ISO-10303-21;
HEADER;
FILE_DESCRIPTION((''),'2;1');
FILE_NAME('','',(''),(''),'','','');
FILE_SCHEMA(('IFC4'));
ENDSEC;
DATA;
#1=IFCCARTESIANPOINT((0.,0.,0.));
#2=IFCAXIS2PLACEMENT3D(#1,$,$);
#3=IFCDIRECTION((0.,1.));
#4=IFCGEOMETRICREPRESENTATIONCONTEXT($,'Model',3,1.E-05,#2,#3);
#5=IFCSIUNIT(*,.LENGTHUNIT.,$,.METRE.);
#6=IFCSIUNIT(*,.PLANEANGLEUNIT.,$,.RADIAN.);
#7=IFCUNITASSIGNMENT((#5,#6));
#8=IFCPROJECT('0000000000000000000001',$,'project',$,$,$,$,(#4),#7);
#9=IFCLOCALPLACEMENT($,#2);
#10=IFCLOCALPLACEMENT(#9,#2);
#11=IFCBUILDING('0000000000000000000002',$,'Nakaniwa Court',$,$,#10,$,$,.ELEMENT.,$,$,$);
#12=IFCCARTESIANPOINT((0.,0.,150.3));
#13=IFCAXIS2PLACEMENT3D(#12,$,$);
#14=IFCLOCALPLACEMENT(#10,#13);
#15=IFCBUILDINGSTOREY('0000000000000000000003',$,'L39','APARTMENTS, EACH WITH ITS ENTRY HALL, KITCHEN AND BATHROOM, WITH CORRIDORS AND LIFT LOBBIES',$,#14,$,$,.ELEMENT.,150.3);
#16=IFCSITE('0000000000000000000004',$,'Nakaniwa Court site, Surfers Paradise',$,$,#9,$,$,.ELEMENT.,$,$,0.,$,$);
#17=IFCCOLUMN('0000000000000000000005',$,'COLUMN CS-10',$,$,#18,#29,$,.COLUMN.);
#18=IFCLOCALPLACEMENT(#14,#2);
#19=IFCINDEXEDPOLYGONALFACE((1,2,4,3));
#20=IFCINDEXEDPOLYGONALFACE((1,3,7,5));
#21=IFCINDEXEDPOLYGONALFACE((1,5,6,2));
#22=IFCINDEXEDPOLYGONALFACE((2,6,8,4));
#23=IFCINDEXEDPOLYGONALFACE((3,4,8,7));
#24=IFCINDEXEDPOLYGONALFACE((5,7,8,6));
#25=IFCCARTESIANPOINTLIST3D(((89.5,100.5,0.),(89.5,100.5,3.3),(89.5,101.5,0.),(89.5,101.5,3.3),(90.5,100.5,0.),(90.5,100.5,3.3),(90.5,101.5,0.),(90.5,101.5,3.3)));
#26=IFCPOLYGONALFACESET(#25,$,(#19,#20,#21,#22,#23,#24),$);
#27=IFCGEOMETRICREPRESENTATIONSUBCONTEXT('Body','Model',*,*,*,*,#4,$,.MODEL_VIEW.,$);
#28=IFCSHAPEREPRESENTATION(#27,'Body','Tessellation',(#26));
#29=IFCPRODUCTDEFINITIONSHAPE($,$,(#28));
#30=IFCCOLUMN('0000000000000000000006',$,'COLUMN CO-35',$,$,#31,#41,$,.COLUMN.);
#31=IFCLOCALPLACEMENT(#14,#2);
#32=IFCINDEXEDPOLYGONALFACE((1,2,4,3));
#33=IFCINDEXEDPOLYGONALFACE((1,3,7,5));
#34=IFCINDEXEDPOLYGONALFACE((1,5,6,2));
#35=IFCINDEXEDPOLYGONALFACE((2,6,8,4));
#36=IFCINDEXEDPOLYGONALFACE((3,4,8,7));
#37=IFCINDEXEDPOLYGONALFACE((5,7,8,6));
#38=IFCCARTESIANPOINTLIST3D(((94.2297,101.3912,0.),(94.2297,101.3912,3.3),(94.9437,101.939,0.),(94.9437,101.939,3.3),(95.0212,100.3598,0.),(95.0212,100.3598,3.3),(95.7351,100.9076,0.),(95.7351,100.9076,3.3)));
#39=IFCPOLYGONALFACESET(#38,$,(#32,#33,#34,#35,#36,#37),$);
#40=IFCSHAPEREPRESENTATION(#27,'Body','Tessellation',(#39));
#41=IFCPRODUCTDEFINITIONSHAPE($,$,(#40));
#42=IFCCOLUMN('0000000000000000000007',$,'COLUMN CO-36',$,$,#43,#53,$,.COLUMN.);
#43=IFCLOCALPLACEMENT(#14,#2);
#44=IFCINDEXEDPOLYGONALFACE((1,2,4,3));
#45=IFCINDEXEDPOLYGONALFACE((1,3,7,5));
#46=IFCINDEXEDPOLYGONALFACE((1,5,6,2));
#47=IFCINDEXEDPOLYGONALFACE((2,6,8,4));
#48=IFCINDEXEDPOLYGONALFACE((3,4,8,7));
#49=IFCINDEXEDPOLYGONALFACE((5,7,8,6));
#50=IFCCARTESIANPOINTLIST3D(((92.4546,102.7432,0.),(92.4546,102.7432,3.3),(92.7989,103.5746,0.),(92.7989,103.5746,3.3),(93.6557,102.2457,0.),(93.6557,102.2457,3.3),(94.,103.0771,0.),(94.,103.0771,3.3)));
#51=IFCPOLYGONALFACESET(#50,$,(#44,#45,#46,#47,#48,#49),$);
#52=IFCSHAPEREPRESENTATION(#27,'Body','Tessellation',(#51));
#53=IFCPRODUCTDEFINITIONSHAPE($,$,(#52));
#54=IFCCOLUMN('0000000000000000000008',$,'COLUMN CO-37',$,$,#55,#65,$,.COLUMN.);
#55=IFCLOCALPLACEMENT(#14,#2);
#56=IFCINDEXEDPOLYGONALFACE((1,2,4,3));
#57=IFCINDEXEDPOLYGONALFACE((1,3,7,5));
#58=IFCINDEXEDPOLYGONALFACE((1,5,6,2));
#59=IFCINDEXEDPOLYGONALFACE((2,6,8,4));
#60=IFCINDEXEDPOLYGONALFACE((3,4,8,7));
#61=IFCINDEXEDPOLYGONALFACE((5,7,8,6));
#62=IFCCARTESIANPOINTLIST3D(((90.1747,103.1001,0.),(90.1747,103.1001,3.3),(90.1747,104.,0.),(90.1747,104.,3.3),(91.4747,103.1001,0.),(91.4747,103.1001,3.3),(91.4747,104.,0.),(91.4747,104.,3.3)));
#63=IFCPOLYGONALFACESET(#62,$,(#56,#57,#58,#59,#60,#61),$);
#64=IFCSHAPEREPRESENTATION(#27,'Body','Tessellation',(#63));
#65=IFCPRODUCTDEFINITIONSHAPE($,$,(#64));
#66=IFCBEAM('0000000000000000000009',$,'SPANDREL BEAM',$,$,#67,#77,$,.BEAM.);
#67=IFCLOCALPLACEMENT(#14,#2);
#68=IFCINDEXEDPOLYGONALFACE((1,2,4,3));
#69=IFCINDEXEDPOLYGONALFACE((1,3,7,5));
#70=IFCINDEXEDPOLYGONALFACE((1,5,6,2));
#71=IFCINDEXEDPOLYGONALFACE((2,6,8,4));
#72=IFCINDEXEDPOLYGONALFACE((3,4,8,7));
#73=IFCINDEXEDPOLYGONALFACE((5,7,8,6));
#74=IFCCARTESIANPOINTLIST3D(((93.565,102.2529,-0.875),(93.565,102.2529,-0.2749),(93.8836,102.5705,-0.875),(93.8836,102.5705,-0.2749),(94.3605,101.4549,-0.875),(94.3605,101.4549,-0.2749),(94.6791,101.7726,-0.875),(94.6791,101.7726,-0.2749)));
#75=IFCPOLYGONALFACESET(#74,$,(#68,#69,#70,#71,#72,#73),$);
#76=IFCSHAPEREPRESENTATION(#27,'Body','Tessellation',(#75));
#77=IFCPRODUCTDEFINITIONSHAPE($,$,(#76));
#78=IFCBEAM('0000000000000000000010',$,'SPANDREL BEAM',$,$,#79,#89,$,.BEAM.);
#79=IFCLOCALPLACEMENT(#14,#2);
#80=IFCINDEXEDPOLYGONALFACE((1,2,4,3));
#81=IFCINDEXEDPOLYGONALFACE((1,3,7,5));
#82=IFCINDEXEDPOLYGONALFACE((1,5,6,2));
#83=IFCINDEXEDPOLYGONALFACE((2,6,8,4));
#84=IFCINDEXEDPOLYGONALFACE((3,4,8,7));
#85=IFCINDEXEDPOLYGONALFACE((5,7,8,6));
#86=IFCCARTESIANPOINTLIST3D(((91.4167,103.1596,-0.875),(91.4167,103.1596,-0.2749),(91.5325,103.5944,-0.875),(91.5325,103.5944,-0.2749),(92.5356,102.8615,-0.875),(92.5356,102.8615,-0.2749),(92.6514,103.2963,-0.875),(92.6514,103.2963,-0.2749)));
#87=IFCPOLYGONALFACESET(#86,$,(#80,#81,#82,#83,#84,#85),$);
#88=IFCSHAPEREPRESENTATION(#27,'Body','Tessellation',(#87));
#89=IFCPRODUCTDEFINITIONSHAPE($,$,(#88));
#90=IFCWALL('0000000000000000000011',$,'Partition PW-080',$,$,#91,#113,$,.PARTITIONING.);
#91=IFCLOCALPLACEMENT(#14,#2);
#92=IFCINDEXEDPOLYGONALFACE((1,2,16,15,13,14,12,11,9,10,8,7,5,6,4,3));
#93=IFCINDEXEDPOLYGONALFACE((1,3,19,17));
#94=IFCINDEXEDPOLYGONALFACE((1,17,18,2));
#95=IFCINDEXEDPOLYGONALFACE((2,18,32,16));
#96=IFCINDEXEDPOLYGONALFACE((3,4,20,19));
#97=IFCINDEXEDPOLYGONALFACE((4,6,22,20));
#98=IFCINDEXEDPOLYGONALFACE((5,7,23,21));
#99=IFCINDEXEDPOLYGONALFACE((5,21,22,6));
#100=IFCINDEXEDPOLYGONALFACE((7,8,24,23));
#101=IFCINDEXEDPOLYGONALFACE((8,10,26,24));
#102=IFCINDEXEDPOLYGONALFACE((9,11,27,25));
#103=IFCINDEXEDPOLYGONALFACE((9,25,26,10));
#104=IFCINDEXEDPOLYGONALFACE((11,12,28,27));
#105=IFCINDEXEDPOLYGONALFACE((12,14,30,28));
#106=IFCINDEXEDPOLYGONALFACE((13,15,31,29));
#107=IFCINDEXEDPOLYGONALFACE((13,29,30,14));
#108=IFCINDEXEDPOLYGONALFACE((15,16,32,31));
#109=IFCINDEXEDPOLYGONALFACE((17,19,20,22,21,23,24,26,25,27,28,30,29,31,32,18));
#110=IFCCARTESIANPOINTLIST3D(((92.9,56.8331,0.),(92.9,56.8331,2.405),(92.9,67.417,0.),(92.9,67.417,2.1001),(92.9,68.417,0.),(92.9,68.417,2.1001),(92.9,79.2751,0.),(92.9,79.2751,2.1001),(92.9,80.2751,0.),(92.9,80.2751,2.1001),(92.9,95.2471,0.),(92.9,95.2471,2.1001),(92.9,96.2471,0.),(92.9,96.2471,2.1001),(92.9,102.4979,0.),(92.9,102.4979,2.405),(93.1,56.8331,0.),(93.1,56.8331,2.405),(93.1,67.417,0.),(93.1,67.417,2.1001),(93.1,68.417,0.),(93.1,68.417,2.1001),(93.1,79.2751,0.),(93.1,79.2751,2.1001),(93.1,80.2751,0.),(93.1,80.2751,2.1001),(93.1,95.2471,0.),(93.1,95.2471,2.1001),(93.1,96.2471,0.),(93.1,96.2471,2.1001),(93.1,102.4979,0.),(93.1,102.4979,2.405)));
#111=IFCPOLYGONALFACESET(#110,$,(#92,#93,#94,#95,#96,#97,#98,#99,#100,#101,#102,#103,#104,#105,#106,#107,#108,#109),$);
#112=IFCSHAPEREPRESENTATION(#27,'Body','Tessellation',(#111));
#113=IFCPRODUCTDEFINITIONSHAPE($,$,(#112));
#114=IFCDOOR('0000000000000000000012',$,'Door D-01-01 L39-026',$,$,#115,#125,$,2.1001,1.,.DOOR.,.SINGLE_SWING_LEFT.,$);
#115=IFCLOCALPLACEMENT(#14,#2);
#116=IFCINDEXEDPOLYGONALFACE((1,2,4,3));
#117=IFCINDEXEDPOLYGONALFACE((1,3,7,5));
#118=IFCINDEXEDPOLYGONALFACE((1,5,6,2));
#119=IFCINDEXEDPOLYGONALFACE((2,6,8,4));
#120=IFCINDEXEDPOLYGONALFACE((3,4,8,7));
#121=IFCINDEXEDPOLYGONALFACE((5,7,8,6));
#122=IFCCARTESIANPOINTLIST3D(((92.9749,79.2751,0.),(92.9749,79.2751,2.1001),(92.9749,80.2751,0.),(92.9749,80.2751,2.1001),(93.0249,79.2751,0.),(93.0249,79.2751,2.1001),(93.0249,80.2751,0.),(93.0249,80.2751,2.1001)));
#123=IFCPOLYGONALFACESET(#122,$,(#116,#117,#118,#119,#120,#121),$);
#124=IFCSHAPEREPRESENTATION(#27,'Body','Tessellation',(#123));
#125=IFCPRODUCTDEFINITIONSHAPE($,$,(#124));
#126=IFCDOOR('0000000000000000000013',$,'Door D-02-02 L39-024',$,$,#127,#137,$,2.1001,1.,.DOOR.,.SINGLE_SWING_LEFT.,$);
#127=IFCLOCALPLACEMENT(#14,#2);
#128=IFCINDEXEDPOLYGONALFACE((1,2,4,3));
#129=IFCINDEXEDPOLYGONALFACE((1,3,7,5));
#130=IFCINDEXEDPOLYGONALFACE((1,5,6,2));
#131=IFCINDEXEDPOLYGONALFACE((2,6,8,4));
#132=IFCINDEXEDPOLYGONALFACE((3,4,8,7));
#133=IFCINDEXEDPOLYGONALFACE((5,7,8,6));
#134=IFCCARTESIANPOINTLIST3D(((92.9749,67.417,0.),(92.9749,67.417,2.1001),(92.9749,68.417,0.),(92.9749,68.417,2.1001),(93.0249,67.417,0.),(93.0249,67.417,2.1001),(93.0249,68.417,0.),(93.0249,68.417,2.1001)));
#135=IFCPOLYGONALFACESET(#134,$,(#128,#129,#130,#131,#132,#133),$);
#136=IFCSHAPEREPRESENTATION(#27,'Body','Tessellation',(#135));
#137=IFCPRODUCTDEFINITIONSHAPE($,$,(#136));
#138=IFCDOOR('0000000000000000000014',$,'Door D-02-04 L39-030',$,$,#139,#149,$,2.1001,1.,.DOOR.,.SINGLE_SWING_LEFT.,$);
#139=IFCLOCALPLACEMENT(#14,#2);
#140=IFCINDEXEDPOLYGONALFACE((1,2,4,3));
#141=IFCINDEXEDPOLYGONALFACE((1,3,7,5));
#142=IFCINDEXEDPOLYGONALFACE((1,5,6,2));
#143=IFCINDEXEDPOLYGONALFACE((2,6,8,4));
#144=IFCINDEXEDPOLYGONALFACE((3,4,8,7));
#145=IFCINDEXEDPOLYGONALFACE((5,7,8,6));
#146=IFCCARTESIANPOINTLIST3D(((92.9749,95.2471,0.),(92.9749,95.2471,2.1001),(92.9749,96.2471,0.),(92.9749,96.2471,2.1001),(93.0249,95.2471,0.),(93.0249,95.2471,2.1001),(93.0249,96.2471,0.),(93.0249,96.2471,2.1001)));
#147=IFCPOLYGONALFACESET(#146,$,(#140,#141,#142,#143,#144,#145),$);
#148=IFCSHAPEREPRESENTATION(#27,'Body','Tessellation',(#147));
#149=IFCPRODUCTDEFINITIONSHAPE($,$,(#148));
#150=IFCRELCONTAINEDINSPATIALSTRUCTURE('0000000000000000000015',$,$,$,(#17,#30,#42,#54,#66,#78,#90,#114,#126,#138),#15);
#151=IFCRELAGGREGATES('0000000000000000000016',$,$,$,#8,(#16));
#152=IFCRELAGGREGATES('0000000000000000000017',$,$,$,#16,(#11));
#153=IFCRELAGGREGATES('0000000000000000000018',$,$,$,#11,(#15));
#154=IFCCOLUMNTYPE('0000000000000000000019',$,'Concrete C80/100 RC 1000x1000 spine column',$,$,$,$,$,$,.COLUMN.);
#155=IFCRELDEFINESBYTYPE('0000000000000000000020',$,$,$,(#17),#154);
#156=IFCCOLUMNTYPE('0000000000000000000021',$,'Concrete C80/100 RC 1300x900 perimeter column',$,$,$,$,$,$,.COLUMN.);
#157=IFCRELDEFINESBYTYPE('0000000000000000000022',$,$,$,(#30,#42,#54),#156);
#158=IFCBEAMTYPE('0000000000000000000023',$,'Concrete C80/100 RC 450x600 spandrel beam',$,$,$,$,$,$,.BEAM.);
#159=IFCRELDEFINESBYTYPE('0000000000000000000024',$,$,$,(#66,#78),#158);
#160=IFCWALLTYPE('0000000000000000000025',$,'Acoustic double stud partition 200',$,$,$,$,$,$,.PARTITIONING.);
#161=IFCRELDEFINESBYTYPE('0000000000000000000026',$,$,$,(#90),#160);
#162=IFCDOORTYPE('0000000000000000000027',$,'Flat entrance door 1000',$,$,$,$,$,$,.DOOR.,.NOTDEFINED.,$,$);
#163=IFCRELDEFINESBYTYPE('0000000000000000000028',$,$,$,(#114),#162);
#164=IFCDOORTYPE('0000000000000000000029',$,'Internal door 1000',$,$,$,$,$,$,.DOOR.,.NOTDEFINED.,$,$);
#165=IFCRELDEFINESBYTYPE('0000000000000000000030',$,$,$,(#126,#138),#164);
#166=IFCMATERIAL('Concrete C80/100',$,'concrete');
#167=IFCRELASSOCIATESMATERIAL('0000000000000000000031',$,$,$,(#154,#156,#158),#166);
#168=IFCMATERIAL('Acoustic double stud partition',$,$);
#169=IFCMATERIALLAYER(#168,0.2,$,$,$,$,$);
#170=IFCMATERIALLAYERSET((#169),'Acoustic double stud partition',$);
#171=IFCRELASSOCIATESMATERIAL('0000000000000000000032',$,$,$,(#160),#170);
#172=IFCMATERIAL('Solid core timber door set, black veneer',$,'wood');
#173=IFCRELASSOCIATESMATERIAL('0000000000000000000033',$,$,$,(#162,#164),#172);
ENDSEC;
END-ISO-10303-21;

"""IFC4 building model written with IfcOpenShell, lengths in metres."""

from ifc_helpers import new_model, si_unit, direction, frame, frame_2d, origin, origin_2d, place, context, subcontext, project, spatial, rectangle, extrude, material, layer, layer_set, material_profile, profile_set, type_object, element, fill, save


model = new_model("IFC4")

# Units and contexts
model_context = context("Model", 3, precision=1e-05, world=origin(), true_north=direction((0.0, 1.0)))
body_context = subcontext(model_context, "Body", "Model", "MODEL_VIEW")
ifc_project = project(units=[si_unit("LENGTHUNIT", "METRE"), si_unit("PLANEANGLEUNIT", "RADIAN")], contexts=[model_context])

# Site, building, storey
site_placement = place(None, origin())
site = spatial("IfcSite", under=ifc_project, at=site_placement, Name="Nakaniwa Court site, Surfers Paradise", CompositionType="ELEMENT", RefElevation=0.0)
building_placement = place(site_placement, origin())
building = spatial("IfcBuilding", under=site, at=building_placement, Name="Nakaniwa Court", CompositionType="ELEMENT")
storey_placement = place(building_placement, frame((0.0, 0.0, 150.3)))
storey = spatial("IfcBuildingStorey", under=building, at=storey_placement, Name="L39", Description="APARTMENTS, EACH WITH ITS ENTRY HALL, KITCHEN AND BATHROOM, WITH CORRIDORS AND LIFT LOBBIES", CompositionType="ELEMENT", Elevation=150.3)

# Columns
ifc_material_1 = material(Name="Concrete C80/100", Category="concrete")
ifc_material_profile_1 = material_profile(ifc_material_1, rectangle(XDim=1.0, YDim=1.0, at=origin_2d()), Name="Concrete C80/100 RC 1000x1000 spine column")
ifc_profile_set_1 = profile_set([ifc_material_profile_1], Name="Concrete C80/100")
column_type_1 = type_object("IfcColumnType", Name="Concrete C80/100 RC 1000x1000 spine column", PredefinedType="COLUMN", material=ifc_profile_set_1)
column_placement = place(storey_placement, frame((90.0, 101.0, 0.0), z_axis=(0.0, 0.0, 1.0), x_axis=(0.0, 1.0, 0.0)))
element("IfcColumn", 1, at=column_placement, inside=storey, type_object=column_type_1, Name="COLUMN CS-10", PredefinedType="COLUMN", context=body_context, shape_type="SweptSolid", body=[
    extrude(rectangle(XDim=1.0, YDim=1.0, at=origin_2d()), origin(), (0.0, 0.0, 1.0), 3.3),
])
ifc_material_profile_2 = material_profile(ifc_material_1, rectangle(XDim=1.3, YDim=0.8999, at=origin_2d()), Name="Concrete C80/100 RC 1300x900 perimeter column")
ifc_profile_set_2 = profile_set([ifc_material_profile_2], Name="Concrete C80/100")
column_type_2 = type_object("IfcColumnType", Name="Concrete C80/100 RC 1300x900 perimeter column", PredefinedType="COLUMN", material=ifc_profile_set_2)
for number, where, z_axis, x_axis, name in (
    (2, (94.9824, 101.1494, 0.0), (0.0, 0.0, 1.0), (-0.608761, 0.793353, 0.0), "COLUMN CO-35"),
    (3, (93.2273, 102.9102, 0.0), (0.0, 0.0, 1.0), (-0.92388, 0.382683, 0.0), "COLUMN CO-36"),
    (4, (90.8247, 103.55, 0.0), (0.0, 0.0, 1.0), (-1.0, 0.0, 0.0), "COLUMN CO-37"),
):
    element("IfcColumn", number, at=place(storey_placement, frame(where, z_axis=z_axis, x_axis=x_axis)), inside=storey, type_object=column_type_2, Name=name, PredefinedType="COLUMN", context=body_context, shape_type="SweptSolid", body=[
        extrude(rectangle(XDim=1.3, YDim=0.8999, at=origin_2d()), origin(), (0.0, 0.0, 1.0), 3.3),
    ])

# Beams
ifc_material_profile_3 = material_profile(ifc_material_1, rectangle(XDim=0.45, YDim=0.6001, at=origin_2d()), Name="Concrete C80/100 RC 450x600 spandrel beam")
ifc_profile_set_3 = profile_set([ifc_material_profile_3], Name="Concrete C80/100")
beam_type = type_object("IfcBeamType", Name="Concrete C80/100 RC 450x600 spandrel beam", PredefinedType="BEAM", material=ifc_profile_set_3)
beam_1_placement = place(storey_placement, frame((94.5198, 101.6138, -0.575), z_axis=(-0.706022, 0.708189, 0.0), x_axis=(-0.708189, -0.706022, 0.0)))
element("IfcBeam", 5, at=beam_1_placement, inside=storey, type_object=beam_type, Name="SPANDREL BEAM", PredefinedType="BEAM", context=body_context, shape_type="SweptSolid", body=[
    extrude(rectangle(XDim=0.45, YDim=0.6001, at=origin_2d()), origin(), (0.0, 0.0, 1.0), 1.1267),
])
beam_2_placement = place(storey_placement, frame((92.5935, 103.0789, -0.575), z_axis=(-0.966294, 0.25744, 0.0), x_axis=(-0.25744, -0.966294, 0.0)))
element("IfcBeam", 6, at=beam_2_placement, inside=storey, type_object=beam_type, Name="SPANDREL BEAM", PredefinedType="BEAM", context=body_context, shape_type="SweptSolid", body=[
    extrude(rectangle(XDim=0.45, YDim=0.6001, at=origin_2d()), origin(), (0.0, 0.0, 1.0), 1.158),
])

# Wall, openings, doors
ifc_material_2 = material(Name="Acoustic double stud partition")
ifc_layer_1 = layer(ifc_material_2, 0.2)
ifc_layer_set_1 = layer_set([ifc_layer_1], Name="Acoustic double stud partition")
wall_type_1 = type_object("IfcWallType", Name="Acoustic double stud partition 200", PredefinedType="PARTITIONING", material=ifc_layer_set_1)
wall_1_placement = place(storey_placement, frame((93.0, 102.498, 0.0), z_axis=(0.0, 0.0, 1.0), x_axis=(0.0, -1.0, 0.0)))
wall_1 = element("IfcWall", 7, at=wall_1_placement, inside=storey, type_object=wall_type_1, Name="Partition PW-080", PredefinedType="PARTITIONING", context=body_context, shape_type="SweptSolid", body=[
    extrude(rectangle(XDim=45.6648, YDim=0.2, at=frame_2d((22.8325, 0.0))), origin(), (0.0, 0.0, 1.0), 2.405),
])
opening_1_placement = place(wall_1_placement, frame((34.0811, 0.0, 0.0)))
opening_1 = element("IfcOpeningElement", 8, at=opening_1_placement, cuts=wall_1, PredefinedType="OPENING", context=body_context, shape_type="SweptSolid", body=[
    extrude(rectangle(XDim=1.0, YDim=2.1001, at=frame_2d((0.5, 1.05))), frame((0.0, 0.1099, 0.0), z_axis=(0.0, -1.0, 0.0), x_axis=(1.0, 0.0, 0.0)), (0.0, 0.0, 1.0), 0.22),
])
opening_2_placement = place(wall_1_placement, frame((22.2229, 0.0, 0.0)))
opening_2 = element("IfcOpeningElement", 9, at=opening_2_placement, cuts=wall_1, PredefinedType="OPENING", context=body_context, shape_type="SweptSolid", body=[
    extrude(rectangle(XDim=1.0, YDim=2.1001, at=frame_2d((0.5, 1.05))), frame((0.0, 0.1099, 0.0), z_axis=(0.0, -1.0, 0.0), x_axis=(1.0, 0.0, 0.0)), (0.0, 0.0, 1.0), 0.22),
])
opening_3_placement = place(wall_1_placement, frame((6.251, 0.0, 0.0)))
opening_3 = element("IfcOpeningElement", 10, at=opening_3_placement, cuts=wall_1, PredefinedType="OPENING", context=body_context, shape_type="SweptSolid", body=[
    extrude(rectangle(XDim=1.0, YDim=2.1001, at=frame_2d((0.5, 1.05))), frame((0.0, 0.1099, 0.0), z_axis=(0.0, -1.0, 0.0), x_axis=(1.0, 0.0, 0.0)), (0.0, 0.0, 1.0), 0.22),
])
ifc_material_3 = material(Name="Solid core timber door set, black veneer", Category="wood")
door_type_1 = type_object("IfcDoorType", Name="Flat entrance door 1000", OperationType="NOTDEFINED", PredefinedType="DOOR", material=ifc_material_3)
door_1_placement = place(opening_2_placement, origin())
door_1 = element("IfcDoor", 11, at=door_1_placement, inside=storey, type_object=door_type_1, Name="Door D-01-01 L39-026", OperationType="SINGLE_SWING_LEFT", OverallHeight=2.1001, OverallWidth=1.0, PredefinedType="DOOR", context=body_context, shape_type="SweptSolid", body=[
    extrude(rectangle(XDim=1.0, YDim=2.1001, at=frame_2d((0.5, 1.05))), frame((0.0, 0.0249, 0.0), z_axis=(0.0, -1.0, 0.0), x_axis=(1.0, 0.0, 0.0)), (0.0, 0.0, 1.0), 0.05),
])
fill(opening_2, door_1)
door_type_2 = type_object("IfcDoorType", Name="Internal door 1000", OperationType="NOTDEFINED", PredefinedType="DOOR", material=ifc_material_3)
door_2_placement = place(opening_1_placement, origin())
door_2 = element("IfcDoor", 12, at=door_2_placement, inside=storey, type_object=door_type_2, Name="Door D-02-02 L39-024", OperationType="SINGLE_SWING_LEFT", OverallHeight=2.1001, OverallWidth=1.0, PredefinedType="DOOR", context=body_context, shape_type="SweptSolid", body=[
    extrude(rectangle(XDim=1.0, YDim=2.1001, at=frame_2d((0.5, 1.05))), frame((0.0, 0.0249, 0.0), z_axis=(0.0, -1.0, 0.0), x_axis=(1.0, 0.0, 0.0)), (0.0, 0.0, 1.0), 0.05),
])
fill(opening_1, door_2)
door_3_placement = place(opening_3_placement, origin())
door_3 = element("IfcDoor", 13, at=door_3_placement, inside=storey, type_object=door_type_2, Name="Door D-02-04 L39-030", OperationType="SINGLE_SWING_LEFT", OverallHeight=2.1001, OverallWidth=1.0, PredefinedType="DOOR", context=body_context, shape_type="SweptSolid", body=[
    extrude(rectangle(XDim=1.0, YDim=2.1001, at=frame_2d((0.5, 1.05))), frame((0.0, 0.0249, 0.0), z_axis=(0.0, -1.0, 0.0), x_axis=(1.0, 0.0, 0.0)), (0.0, 0.0, 1.0), 0.05),
])
fill(opening_3, door_3)

save(model, "model.ifc")
